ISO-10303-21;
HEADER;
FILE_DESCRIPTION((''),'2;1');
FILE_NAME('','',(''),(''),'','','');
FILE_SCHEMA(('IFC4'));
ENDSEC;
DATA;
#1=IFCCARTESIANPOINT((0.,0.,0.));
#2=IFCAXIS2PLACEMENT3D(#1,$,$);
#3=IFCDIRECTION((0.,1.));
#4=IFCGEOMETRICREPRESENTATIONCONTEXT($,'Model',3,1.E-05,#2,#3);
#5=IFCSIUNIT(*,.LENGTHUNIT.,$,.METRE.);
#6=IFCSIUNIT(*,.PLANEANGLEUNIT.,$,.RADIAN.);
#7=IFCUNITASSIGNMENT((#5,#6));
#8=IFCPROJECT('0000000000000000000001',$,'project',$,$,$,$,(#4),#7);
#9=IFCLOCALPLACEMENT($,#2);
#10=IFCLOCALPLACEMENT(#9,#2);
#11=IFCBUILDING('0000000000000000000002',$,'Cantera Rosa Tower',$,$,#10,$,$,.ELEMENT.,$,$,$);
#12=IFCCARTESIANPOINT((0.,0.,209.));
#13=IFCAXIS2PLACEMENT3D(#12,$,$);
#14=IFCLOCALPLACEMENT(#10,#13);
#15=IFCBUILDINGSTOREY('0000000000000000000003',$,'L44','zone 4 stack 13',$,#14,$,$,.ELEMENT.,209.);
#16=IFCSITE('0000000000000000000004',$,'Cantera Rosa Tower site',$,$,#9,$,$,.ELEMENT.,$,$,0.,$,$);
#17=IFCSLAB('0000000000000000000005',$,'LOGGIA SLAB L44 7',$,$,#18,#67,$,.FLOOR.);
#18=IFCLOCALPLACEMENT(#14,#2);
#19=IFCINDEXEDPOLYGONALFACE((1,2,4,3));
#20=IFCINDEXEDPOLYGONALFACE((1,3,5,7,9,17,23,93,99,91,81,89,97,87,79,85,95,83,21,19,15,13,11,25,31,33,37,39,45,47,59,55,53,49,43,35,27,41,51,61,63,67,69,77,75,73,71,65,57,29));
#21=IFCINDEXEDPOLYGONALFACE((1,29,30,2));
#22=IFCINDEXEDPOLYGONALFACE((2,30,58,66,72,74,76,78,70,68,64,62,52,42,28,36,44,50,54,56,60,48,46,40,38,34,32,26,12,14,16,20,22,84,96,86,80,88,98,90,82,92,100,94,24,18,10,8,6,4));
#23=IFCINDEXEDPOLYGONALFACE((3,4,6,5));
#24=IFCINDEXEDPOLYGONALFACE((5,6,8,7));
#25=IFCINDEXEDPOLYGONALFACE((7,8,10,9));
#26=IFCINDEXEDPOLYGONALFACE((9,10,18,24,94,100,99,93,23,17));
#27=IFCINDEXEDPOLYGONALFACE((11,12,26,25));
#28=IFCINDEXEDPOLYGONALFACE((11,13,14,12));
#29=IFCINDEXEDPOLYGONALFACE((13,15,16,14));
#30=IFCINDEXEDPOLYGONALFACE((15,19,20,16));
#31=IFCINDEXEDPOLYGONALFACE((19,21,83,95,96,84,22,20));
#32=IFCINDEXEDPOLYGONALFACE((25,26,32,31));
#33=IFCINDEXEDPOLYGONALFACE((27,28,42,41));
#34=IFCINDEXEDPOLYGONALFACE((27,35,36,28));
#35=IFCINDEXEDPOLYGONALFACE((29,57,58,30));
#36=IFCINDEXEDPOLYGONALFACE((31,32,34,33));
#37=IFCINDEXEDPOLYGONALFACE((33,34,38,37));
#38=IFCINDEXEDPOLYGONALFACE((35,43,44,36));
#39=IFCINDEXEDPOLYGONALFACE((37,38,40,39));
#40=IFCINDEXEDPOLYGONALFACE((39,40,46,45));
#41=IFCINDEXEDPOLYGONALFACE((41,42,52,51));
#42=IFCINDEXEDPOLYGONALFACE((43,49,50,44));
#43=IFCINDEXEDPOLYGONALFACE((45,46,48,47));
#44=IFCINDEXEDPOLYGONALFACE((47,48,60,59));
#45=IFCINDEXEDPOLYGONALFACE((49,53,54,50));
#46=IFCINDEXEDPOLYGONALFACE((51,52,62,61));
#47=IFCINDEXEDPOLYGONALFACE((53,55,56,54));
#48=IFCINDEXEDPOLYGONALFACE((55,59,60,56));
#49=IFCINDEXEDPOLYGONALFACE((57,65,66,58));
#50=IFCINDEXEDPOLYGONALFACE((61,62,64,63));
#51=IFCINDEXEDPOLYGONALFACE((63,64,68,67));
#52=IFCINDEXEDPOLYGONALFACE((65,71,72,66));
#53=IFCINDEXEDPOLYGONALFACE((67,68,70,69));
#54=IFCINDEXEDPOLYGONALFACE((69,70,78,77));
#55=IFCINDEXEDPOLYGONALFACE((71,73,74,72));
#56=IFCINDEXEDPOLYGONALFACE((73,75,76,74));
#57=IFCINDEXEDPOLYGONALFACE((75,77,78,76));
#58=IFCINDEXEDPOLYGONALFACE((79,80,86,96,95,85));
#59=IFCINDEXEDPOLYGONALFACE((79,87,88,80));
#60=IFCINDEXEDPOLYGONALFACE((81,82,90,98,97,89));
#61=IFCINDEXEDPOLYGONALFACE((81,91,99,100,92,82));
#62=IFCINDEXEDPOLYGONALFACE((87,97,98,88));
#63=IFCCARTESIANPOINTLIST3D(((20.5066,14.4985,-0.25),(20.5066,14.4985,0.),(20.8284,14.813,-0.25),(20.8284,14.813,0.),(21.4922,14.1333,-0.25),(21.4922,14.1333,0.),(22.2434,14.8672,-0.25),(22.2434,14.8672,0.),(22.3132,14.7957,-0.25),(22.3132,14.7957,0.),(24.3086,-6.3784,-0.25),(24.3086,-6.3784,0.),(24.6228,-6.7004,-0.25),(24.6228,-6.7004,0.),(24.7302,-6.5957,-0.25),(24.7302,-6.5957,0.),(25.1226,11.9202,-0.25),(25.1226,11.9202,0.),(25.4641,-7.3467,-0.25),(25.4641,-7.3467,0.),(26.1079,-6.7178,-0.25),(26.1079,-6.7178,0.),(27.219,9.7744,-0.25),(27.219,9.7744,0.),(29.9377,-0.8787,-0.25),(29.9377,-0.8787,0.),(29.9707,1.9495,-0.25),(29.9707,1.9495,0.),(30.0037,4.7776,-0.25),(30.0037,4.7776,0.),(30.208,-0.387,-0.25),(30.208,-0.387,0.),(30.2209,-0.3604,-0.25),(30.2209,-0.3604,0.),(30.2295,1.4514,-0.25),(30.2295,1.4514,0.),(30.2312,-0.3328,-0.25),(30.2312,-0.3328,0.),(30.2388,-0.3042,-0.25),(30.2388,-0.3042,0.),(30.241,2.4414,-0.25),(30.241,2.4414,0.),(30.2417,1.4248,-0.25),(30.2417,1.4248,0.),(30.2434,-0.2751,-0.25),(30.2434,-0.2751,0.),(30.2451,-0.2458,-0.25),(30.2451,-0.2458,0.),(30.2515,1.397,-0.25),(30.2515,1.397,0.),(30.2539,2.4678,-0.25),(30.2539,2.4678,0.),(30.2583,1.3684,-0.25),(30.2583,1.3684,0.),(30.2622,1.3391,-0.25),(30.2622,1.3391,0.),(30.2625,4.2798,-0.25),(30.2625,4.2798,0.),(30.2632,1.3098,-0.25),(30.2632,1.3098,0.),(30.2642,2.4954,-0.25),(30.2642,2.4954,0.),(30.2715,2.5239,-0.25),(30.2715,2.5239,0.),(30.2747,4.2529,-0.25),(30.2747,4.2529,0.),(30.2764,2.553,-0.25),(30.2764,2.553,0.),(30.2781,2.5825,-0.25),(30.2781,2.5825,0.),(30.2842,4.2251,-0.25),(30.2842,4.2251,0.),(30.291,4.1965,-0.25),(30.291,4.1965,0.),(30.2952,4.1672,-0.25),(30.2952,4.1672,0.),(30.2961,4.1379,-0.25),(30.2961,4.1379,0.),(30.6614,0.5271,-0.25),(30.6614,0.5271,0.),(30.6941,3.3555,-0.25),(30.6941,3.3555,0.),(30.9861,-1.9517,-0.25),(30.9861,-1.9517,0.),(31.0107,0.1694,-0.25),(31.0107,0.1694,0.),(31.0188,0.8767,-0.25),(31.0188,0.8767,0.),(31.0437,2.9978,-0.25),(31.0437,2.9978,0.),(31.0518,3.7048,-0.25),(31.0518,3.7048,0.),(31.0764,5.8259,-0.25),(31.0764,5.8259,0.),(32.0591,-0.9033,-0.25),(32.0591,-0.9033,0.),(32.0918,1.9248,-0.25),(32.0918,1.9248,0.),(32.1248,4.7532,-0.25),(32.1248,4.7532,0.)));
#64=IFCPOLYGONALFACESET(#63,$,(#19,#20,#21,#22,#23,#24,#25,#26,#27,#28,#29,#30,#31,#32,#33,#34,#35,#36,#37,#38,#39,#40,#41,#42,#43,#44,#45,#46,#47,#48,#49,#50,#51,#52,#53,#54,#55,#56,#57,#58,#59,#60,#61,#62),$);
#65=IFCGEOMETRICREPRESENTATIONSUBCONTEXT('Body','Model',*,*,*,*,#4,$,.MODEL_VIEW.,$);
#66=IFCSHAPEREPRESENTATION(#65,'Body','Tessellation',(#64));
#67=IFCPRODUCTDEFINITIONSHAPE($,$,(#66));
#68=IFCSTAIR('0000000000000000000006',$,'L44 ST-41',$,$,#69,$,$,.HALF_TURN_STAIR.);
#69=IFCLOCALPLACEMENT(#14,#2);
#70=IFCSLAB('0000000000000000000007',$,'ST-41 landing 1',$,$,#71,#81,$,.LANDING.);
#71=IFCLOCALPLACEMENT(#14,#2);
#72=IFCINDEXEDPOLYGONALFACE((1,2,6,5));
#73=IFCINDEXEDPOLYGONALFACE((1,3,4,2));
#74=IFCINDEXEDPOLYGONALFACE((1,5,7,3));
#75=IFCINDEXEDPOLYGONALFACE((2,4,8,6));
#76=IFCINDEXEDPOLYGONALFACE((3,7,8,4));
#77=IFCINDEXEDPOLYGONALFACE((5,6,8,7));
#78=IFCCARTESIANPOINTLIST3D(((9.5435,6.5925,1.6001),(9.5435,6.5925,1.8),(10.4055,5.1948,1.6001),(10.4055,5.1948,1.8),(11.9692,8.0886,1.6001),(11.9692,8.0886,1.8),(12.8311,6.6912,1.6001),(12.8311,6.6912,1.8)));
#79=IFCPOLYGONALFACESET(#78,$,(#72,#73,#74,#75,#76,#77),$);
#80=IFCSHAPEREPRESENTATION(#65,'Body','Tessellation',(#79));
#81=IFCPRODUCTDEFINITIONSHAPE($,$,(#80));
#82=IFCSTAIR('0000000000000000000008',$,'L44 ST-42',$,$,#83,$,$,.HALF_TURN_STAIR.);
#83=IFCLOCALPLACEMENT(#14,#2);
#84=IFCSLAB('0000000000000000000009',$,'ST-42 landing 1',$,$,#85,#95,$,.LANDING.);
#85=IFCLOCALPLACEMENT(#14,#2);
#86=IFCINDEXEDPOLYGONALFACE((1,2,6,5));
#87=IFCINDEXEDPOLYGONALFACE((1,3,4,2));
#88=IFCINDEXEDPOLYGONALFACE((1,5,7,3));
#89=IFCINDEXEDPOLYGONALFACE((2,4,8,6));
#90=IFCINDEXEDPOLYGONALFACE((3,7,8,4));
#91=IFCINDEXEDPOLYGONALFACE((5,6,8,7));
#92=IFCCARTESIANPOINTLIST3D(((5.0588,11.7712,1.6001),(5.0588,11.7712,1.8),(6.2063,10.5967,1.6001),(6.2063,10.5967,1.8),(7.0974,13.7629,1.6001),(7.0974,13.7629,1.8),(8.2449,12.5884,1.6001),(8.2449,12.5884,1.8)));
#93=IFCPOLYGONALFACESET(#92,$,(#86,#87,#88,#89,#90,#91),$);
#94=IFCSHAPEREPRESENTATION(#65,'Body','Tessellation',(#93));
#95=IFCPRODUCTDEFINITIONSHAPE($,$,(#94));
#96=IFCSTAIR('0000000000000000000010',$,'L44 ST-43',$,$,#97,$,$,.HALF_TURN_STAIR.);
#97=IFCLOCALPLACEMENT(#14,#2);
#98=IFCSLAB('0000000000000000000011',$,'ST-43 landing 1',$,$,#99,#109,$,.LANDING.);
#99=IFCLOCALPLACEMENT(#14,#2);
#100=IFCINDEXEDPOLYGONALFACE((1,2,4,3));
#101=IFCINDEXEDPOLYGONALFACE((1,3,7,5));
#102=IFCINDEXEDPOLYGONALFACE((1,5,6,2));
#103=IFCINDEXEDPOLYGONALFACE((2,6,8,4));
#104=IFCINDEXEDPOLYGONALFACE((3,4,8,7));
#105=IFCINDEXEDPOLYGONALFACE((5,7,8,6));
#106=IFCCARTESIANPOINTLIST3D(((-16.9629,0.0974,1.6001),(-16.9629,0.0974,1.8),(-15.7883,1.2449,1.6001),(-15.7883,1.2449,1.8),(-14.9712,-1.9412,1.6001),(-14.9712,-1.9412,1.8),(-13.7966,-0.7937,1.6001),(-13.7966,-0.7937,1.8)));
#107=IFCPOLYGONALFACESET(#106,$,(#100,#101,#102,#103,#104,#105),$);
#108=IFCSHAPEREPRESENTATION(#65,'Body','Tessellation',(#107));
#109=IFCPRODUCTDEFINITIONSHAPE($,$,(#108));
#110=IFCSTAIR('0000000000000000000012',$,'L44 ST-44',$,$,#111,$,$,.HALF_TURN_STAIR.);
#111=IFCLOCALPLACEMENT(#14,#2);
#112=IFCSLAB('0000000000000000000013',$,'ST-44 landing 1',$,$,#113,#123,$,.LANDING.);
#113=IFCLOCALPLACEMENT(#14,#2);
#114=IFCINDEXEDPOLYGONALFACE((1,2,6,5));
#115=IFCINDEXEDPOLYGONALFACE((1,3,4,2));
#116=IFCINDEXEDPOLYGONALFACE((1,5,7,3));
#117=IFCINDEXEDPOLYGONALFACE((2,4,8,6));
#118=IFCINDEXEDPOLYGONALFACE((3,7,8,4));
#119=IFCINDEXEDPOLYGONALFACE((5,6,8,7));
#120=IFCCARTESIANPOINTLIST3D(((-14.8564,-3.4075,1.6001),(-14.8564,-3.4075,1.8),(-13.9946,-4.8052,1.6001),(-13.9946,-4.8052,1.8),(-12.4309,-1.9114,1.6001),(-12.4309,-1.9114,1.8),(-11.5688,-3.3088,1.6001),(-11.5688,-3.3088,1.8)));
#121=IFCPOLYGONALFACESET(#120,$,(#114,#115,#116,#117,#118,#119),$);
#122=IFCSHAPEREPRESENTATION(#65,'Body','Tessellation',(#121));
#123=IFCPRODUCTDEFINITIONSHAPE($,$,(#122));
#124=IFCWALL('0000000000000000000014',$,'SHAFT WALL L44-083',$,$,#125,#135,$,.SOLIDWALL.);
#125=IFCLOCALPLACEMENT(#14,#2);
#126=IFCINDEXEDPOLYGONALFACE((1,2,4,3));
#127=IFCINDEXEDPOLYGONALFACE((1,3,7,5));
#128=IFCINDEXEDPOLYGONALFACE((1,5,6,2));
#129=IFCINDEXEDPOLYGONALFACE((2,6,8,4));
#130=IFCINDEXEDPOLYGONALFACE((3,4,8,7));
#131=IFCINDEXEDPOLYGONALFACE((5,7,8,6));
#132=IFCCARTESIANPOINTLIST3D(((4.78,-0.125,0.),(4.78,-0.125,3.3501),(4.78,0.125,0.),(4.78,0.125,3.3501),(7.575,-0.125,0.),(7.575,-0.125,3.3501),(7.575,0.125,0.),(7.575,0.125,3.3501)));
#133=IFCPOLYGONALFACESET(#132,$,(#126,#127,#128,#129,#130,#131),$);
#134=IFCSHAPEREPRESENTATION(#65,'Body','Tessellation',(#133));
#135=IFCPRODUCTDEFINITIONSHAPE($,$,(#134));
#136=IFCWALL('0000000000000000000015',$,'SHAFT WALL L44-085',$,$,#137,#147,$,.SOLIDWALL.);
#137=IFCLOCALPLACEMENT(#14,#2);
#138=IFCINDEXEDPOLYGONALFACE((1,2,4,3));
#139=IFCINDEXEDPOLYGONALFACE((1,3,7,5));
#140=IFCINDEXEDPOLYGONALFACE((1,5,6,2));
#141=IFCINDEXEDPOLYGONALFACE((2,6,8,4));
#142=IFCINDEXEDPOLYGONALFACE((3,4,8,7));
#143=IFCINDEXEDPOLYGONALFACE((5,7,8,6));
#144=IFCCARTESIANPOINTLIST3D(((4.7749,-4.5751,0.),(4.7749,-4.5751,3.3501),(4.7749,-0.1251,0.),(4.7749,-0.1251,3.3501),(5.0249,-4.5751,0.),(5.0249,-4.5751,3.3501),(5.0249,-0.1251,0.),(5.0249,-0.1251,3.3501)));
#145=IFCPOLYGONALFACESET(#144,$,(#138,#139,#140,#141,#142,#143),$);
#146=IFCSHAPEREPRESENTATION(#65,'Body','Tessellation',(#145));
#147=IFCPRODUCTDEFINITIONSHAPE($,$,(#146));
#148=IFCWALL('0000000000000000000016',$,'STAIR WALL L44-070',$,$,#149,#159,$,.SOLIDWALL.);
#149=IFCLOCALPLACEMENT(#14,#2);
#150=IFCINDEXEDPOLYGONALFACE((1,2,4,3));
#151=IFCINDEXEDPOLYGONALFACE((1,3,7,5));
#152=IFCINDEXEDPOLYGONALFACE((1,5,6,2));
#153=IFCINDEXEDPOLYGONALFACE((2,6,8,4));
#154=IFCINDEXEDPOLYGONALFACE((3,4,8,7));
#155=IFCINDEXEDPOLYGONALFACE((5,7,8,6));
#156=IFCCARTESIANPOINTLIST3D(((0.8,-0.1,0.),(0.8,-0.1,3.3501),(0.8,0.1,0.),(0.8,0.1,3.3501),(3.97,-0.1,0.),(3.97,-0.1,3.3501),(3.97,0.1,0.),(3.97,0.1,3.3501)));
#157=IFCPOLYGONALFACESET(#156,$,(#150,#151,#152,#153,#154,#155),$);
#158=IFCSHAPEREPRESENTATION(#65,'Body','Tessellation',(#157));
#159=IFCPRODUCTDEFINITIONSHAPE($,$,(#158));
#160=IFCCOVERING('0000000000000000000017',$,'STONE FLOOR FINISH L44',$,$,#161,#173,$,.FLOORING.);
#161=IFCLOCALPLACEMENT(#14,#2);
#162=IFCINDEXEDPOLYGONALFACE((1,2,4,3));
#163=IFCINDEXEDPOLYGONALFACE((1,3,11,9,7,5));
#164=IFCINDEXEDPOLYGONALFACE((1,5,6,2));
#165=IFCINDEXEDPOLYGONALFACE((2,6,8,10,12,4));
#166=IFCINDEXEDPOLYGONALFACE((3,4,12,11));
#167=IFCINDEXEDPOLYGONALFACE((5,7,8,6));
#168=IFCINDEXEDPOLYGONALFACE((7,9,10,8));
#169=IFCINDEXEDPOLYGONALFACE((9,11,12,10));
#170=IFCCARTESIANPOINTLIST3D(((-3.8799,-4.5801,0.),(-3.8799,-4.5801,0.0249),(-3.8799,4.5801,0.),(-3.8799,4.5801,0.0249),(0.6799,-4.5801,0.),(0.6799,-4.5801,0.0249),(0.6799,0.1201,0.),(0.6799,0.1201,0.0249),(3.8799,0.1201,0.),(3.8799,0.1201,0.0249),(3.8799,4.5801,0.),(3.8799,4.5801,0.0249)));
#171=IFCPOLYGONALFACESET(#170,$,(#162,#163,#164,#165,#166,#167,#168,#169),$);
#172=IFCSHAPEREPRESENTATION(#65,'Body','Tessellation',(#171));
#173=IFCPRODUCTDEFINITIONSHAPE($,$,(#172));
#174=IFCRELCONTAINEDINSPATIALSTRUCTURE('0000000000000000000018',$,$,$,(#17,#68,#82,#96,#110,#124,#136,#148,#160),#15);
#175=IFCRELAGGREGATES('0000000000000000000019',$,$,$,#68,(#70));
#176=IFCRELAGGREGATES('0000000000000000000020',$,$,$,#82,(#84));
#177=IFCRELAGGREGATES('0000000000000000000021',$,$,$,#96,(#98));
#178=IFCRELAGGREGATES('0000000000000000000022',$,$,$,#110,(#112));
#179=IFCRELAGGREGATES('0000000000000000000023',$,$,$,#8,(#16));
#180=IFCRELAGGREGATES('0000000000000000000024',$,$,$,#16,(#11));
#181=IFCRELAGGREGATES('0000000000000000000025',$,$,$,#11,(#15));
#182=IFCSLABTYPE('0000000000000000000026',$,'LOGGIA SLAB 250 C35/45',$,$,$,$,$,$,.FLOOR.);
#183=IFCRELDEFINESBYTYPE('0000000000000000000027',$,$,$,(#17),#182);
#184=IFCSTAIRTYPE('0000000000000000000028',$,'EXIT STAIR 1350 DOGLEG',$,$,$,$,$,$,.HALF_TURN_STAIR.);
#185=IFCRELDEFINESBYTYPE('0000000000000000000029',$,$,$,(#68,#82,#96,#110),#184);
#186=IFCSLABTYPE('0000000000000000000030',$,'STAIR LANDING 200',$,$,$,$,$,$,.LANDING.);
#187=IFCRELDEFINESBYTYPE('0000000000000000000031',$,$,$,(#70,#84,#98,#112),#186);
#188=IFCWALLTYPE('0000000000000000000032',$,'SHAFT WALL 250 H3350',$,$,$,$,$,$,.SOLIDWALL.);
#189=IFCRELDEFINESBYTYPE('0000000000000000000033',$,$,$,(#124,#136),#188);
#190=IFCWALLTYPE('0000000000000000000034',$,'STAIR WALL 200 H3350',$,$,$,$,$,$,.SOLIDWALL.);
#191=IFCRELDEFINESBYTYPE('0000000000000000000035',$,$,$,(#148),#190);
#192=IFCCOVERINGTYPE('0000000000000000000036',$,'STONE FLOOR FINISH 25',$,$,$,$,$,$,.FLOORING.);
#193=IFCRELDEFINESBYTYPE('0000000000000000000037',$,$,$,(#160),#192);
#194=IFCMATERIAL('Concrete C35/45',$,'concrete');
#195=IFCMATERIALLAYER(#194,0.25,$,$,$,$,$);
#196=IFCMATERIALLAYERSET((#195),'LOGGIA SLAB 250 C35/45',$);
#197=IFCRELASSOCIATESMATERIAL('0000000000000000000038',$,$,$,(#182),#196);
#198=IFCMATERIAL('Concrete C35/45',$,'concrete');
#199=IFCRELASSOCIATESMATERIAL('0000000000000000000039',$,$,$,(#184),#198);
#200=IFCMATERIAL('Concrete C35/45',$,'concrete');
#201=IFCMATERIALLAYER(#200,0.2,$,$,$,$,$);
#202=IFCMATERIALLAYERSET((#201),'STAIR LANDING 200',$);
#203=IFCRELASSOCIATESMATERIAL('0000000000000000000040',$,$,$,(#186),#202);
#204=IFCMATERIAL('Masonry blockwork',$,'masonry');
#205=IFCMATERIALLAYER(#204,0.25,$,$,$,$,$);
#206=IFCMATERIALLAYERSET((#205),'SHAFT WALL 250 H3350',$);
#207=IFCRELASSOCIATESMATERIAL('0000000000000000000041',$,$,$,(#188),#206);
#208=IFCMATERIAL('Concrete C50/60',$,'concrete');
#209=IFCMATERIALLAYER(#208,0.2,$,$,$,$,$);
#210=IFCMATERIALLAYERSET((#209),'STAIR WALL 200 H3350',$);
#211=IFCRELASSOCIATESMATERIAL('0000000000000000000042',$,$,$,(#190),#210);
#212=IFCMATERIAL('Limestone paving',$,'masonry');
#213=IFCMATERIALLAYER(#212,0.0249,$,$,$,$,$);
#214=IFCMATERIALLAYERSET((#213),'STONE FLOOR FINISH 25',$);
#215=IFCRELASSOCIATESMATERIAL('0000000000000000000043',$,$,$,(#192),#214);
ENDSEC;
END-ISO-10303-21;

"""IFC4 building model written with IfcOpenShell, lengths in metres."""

from ifc_helpers import new_model, si_unit, direction, frame, frame_2d, origin, place, context, subcontext, project, spatial, polyline, rectangle, outline, extrude, material, layer, layer_set, type_object, element, aggregate, save


model = new_model("IFC4")

# Units and contexts
model_context = context("Model", 3, precision=1e-05, world=origin(), true_north=direction((0.0, 1.0)))
body_context = subcontext(model_context, "Body", "Model", "MODEL_VIEW")
ifc_project = project(units=[si_unit("LENGTHUNIT", "METRE"), si_unit("PLANEANGLEUNIT", "RADIAN")], contexts=[model_context])

# Site, building, storey
site_placement = place(None, origin())
site = spatial("IfcSite", under=ifc_project, at=site_placement, Name="Cantera Rosa Tower site", CompositionType="ELEMENT", RefElevation=0.0)
building_placement = place(site_placement, origin())
building = spatial("IfcBuilding", under=site, at=building_placement, Name="Cantera Rosa Tower", CompositionType="ELEMENT")
storey_placement = place(building_placement, frame((0.0, 0.0, 209.0)))
storey = spatial("IfcBuildingStorey", under=building, at=storey_placement, Name="L44", Description="zone 4 stack 13", CompositionType="ELEMENT", Elevation=209.0)

# Slab
ifc_material_1 = material(Name="Concrete C35/45", Category="concrete")
ifc_layer_1 = layer(ifc_material_1, 0.25)
ifc_layer_set_1 = layer_set([ifc_layer_1], Name="LOGGIA SLAB 250 C35/45")
slab_type_1 = type_object("IfcSlabType", Name="LOGGIA SLAB 250 C35/45", PredefinedType="FLOOR", material=ifc_layer_set_1)
slab_1_placement = place(storey_placement, frame((0.0, 0.0, -0.25)))
element("IfcSlab", 1, at=slab_1_placement, inside=storey, type_object=slab_type_1, Name="LOGGIA SLAB L44 7", PredefinedType="FLOOR", context=body_context, shape_type="SweptSolid", body=[
    extrude(outline(polyline([(27.219, 9.7744), (31.0764, 5.8259), (32.1248, 4.7532), (31.0518, 3.7048), (30.6941, 3.3555), (31.0437, 2.9978), (32.0918, 1.9248), (31.0188, 0.8767), (30.6614, 0.5271), (31.0107, 0.1694), (32.0591, -0.9033), (30.9861, -1.9517), (26.1079, -6.7178), (25.4641, -7.3467), (24.7302, -6.5957), (24.6228, -6.7004), (24.3086, -6.3784), (29.9377, -0.8787), (30.208, -0.387), (30.2209, -0.3604), (30.2312, -0.3328), (30.2388, -0.3042), (30.2434, -0.2751), (30.2451, -0.2458), (30.2632, 1.3098), (30.2622, 1.3391), (30.2583, 1.3684), (30.2515, 1.397), (30.2417, 1.4248), (30.2295, 1.4514), (29.9707, 1.9495), (30.241, 2.4414), (30.2539, 2.4678), (30.2642, 2.4954), (30.2715, 2.5239), (30.2764, 2.553), (30.2781, 2.5825), (30.2961, 4.1379), (30.2952, 4.1672), (30.291, 4.1965), (30.2842, 4.2251), (30.2747, 4.2529), (30.2625, 4.2798), (30.0037, 4.7776), (20.5066, 14.4985), (20.8284, 14.813), (21.4922, 14.1333), (22.2434, 14.8672), (22.3132, 14.7957), (25.1226, 11.9202), (27.219, 9.7744)])), origin(), (0.0, 0.0, 1.0), 0.25),
])

# Stairs, slabs
ifc_material_2 = material(Name="Concrete C35/45", Category="concrete")
stair_type = type_object("IfcStairType", Name="EXIT STAIR 1350 DOGLEG", PredefinedType="HALF_TURN_STAIR", material=ifc_material_2)
stair_1_placement = place(storey_placement, origin())
stair_1 = element("IfcStair", 2, at=stair_1_placement, inside=storey, type_object=stair_type, Name="L44 ST-41", PredefinedType="HALF_TURN_STAIR")
ifc_material_3 = material(Name="Concrete C35/45", Category="concrete")
ifc_layer_2 = layer(ifc_material_3, 0.2)
ifc_layer_set_2 = layer_set([ifc_layer_2], Name="STAIR LANDING 200")
slab_type_2 = type_object("IfcSlabType", Name="STAIR LANDING 200", PredefinedType="LANDING", material=ifc_layer_set_2)
slab_2_placement = place(storey_placement, frame((0.0, 0.0, 1.6001)))
slab_2 = element("IfcSlab", 3, at=slab_2_placement, type_object=slab_type_2, Name="ST-41 landing 1", PredefinedType="LANDING", context=body_context, shape_type="SweptSolid", body=[
    extrude(outline(polyline([(12.8311, 6.6912), (11.9692, 8.0886), (9.5435, 6.5925), (10.4055, 5.1948), (12.8311, 6.6912)])), origin(), (0.0, 0.0, 1.0), 0.2),
])
aggregate(stair_1, [slab_2])
stair_2_placement = place(storey_placement, origin())
stair_2 = element("IfcStair", 4, at=stair_2_placement, inside=storey, type_object=stair_type, Name="L44 ST-42", PredefinedType="HALF_TURN_STAIR")
slab_3_placement = place(storey_placement, frame((0.0, 0.0, 1.6001)))
slab_3 = element("IfcSlab", 5, at=slab_3_placement, type_object=slab_type_2, Name="ST-42 landing 1", PredefinedType="LANDING", context=body_context, shape_type="SweptSolid", body=[
    extrude(outline(polyline([(8.2449, 12.5884), (7.0974, 13.7629), (5.0588, 11.7712), (6.2063, 10.5967), (8.2449, 12.5884)])), origin(), (0.0, 0.0, 1.0), 0.2),
])
aggregate(stair_2, [slab_3])
stair_3_placement = place(storey_placement, origin())
stair_3 = element("IfcStair", 6, at=stair_3_placement, inside=storey, type_object=stair_type, Name="L44 ST-43", PredefinedType="HALF_TURN_STAIR")
slab_4_placement = place(storey_placement, frame((0.0, 0.0, 1.6001)))
slab_4 = element("IfcSlab", 7, at=slab_4_placement, type_object=slab_type_2, Name="ST-43 landing 1", PredefinedType="LANDING", context=body_context, shape_type="SweptSolid", body=[
    extrude(outline(polyline([(-15.7883, 1.2449), (-16.9629, 0.0974), (-14.9712, -1.9412), (-13.7966, -0.7937), (-15.7883, 1.2449)])), origin(), (0.0, 0.0, 1.0), 0.2),
])
aggregate(stair_3, [slab_4])
stair_4_placement = place(storey_placement, origin())
stair_4 = element("IfcStair", 8, at=stair_4_placement, inside=storey, type_object=stair_type, Name="L44 ST-44", PredefinedType="HALF_TURN_STAIR")
slab_5_placement = place(storey_placement, frame((0.0, 0.0, 1.6001)))
slab_5 = element("IfcSlab", 9, at=slab_5_placement, type_object=slab_type_2, Name="ST-44 landing 1", PredefinedType="LANDING", context=body_context, shape_type="SweptSolid", body=[
    extrude(outline(polyline([(-11.5688, -3.3088), (-12.4309, -1.9114), (-14.8564, -3.4075), (-13.9946, -4.8052), (-11.5688, -3.3088)])), origin(), (0.0, 0.0, 1.0), 0.2),
])
aggregate(stair_4, [slab_5])

# Walls
ifc_material_4 = material(Name="Masonry blockwork", Category="masonry")
ifc_layer_3 = layer(ifc_material_4, 0.25)
ifc_layer_set_3 = layer_set([ifc_layer_3], Name="SHAFT WALL 250 H3350")
wall_type_1 = type_object("IfcWallType", Name="SHAFT WALL 250 H3350", PredefinedType="SOLIDWALL", material=ifc_layer_set_3)
wall_1_placement = place(storey_placement, frame((4.78, 0.0, 0.0), z_axis=(0.0, 0.0, 1.0), x_axis=(1.0, 0.0, 0.0)))
element("IfcWall", 10, at=wall_1_placement, inside=storey, type_object=wall_type_1, Name="SHAFT WALL L44-083", PredefinedType="SOLIDWALL", context=body_context, shape_type="SweptSolid", body=[
    extrude(rectangle(XDim=2.7949, YDim=0.25, at=frame_2d((1.3975, 0.0))), origin(), (0.0, 0.0, 1.0), 3.3501),
])
wall_2_placement = place(storey_placement, frame((4.8999, -0.125, 0.0), z_axis=(0.0, 0.0, 1.0), x_axis=(0.0, -1.0, 0.0)))
element("IfcWall", 11, at=wall_2_placement, inside=storey, type_object=wall_type_1, Name="SHAFT WALL L44-085", PredefinedType="SOLIDWALL", context=body_context, shape_type="SweptSolid", body=[
    extrude(rectangle(XDim=4.45, YDim=0.25, at=frame_2d((2.2251, 0.0))), origin(), (0.0, 0.0, 1.0), 3.3501),
])
ifc_material_5 = material(Name="Concrete C50/60", Category="concrete")
ifc_layer_4 = layer(ifc_material_5, 0.2)
ifc_layer_set_4 = layer_set([ifc_layer_4], Name="STAIR WALL 200 H3350")
wall_type_2 = type_object("IfcWallType", Name="STAIR WALL 200 H3350", PredefinedType="SOLIDWALL", material=ifc_layer_set_4)
wall_3_placement = place(storey_placement, frame((0.8, 0.0, 0.0), z_axis=(0.0, 0.0, 1.0), x_axis=(1.0, 0.0, 0.0)))
element("IfcWall", 12, at=wall_3_placement, inside=storey, type_object=wall_type_2, Name="STAIR WALL L44-070", PredefinedType="SOLIDWALL", context=body_context, shape_type="SweptSolid", body=[
    extrude(rectangle(XDim=3.1699, YDim=0.2, at=frame_2d((1.585, 0.0))), origin(), (0.0, 0.0, 1.0), 3.3501),
])

# Covering
ifc_material_6 = material(Name="Limestone paving", Category="masonry")
ifc_layer_5 = layer(ifc_material_6, 0.0249)
ifc_layer_set_5 = layer_set([ifc_layer_5], Name="STONE FLOOR FINISH 25")
covering_type_1 = type_object("IfcCoveringType", Name="STONE FLOOR FINISH 25", PredefinedType="FLOORING", material=ifc_layer_set_5)
covering_1_placement = place(storey_placement, origin())
element("IfcCovering", 13, at=covering_1_placement, inside=storey, type_object=covering_type_1, Name="STONE FLOOR FINISH L44", PredefinedType="FLOORING", context=body_context, shape_type="SweptSolid", body=[
    extrude(outline(polyline([(3.8799, 4.5801), (3.8799, 0.1201), (0.6799, 0.1201), (0.6799, -4.5801), (-3.8799, -4.5801), (-3.8799, 4.5801), (3.8799, 4.5801)])), origin(), (0.0, 0.0, 1.0), 0.0249),
])

save(model, "model.ifc")
